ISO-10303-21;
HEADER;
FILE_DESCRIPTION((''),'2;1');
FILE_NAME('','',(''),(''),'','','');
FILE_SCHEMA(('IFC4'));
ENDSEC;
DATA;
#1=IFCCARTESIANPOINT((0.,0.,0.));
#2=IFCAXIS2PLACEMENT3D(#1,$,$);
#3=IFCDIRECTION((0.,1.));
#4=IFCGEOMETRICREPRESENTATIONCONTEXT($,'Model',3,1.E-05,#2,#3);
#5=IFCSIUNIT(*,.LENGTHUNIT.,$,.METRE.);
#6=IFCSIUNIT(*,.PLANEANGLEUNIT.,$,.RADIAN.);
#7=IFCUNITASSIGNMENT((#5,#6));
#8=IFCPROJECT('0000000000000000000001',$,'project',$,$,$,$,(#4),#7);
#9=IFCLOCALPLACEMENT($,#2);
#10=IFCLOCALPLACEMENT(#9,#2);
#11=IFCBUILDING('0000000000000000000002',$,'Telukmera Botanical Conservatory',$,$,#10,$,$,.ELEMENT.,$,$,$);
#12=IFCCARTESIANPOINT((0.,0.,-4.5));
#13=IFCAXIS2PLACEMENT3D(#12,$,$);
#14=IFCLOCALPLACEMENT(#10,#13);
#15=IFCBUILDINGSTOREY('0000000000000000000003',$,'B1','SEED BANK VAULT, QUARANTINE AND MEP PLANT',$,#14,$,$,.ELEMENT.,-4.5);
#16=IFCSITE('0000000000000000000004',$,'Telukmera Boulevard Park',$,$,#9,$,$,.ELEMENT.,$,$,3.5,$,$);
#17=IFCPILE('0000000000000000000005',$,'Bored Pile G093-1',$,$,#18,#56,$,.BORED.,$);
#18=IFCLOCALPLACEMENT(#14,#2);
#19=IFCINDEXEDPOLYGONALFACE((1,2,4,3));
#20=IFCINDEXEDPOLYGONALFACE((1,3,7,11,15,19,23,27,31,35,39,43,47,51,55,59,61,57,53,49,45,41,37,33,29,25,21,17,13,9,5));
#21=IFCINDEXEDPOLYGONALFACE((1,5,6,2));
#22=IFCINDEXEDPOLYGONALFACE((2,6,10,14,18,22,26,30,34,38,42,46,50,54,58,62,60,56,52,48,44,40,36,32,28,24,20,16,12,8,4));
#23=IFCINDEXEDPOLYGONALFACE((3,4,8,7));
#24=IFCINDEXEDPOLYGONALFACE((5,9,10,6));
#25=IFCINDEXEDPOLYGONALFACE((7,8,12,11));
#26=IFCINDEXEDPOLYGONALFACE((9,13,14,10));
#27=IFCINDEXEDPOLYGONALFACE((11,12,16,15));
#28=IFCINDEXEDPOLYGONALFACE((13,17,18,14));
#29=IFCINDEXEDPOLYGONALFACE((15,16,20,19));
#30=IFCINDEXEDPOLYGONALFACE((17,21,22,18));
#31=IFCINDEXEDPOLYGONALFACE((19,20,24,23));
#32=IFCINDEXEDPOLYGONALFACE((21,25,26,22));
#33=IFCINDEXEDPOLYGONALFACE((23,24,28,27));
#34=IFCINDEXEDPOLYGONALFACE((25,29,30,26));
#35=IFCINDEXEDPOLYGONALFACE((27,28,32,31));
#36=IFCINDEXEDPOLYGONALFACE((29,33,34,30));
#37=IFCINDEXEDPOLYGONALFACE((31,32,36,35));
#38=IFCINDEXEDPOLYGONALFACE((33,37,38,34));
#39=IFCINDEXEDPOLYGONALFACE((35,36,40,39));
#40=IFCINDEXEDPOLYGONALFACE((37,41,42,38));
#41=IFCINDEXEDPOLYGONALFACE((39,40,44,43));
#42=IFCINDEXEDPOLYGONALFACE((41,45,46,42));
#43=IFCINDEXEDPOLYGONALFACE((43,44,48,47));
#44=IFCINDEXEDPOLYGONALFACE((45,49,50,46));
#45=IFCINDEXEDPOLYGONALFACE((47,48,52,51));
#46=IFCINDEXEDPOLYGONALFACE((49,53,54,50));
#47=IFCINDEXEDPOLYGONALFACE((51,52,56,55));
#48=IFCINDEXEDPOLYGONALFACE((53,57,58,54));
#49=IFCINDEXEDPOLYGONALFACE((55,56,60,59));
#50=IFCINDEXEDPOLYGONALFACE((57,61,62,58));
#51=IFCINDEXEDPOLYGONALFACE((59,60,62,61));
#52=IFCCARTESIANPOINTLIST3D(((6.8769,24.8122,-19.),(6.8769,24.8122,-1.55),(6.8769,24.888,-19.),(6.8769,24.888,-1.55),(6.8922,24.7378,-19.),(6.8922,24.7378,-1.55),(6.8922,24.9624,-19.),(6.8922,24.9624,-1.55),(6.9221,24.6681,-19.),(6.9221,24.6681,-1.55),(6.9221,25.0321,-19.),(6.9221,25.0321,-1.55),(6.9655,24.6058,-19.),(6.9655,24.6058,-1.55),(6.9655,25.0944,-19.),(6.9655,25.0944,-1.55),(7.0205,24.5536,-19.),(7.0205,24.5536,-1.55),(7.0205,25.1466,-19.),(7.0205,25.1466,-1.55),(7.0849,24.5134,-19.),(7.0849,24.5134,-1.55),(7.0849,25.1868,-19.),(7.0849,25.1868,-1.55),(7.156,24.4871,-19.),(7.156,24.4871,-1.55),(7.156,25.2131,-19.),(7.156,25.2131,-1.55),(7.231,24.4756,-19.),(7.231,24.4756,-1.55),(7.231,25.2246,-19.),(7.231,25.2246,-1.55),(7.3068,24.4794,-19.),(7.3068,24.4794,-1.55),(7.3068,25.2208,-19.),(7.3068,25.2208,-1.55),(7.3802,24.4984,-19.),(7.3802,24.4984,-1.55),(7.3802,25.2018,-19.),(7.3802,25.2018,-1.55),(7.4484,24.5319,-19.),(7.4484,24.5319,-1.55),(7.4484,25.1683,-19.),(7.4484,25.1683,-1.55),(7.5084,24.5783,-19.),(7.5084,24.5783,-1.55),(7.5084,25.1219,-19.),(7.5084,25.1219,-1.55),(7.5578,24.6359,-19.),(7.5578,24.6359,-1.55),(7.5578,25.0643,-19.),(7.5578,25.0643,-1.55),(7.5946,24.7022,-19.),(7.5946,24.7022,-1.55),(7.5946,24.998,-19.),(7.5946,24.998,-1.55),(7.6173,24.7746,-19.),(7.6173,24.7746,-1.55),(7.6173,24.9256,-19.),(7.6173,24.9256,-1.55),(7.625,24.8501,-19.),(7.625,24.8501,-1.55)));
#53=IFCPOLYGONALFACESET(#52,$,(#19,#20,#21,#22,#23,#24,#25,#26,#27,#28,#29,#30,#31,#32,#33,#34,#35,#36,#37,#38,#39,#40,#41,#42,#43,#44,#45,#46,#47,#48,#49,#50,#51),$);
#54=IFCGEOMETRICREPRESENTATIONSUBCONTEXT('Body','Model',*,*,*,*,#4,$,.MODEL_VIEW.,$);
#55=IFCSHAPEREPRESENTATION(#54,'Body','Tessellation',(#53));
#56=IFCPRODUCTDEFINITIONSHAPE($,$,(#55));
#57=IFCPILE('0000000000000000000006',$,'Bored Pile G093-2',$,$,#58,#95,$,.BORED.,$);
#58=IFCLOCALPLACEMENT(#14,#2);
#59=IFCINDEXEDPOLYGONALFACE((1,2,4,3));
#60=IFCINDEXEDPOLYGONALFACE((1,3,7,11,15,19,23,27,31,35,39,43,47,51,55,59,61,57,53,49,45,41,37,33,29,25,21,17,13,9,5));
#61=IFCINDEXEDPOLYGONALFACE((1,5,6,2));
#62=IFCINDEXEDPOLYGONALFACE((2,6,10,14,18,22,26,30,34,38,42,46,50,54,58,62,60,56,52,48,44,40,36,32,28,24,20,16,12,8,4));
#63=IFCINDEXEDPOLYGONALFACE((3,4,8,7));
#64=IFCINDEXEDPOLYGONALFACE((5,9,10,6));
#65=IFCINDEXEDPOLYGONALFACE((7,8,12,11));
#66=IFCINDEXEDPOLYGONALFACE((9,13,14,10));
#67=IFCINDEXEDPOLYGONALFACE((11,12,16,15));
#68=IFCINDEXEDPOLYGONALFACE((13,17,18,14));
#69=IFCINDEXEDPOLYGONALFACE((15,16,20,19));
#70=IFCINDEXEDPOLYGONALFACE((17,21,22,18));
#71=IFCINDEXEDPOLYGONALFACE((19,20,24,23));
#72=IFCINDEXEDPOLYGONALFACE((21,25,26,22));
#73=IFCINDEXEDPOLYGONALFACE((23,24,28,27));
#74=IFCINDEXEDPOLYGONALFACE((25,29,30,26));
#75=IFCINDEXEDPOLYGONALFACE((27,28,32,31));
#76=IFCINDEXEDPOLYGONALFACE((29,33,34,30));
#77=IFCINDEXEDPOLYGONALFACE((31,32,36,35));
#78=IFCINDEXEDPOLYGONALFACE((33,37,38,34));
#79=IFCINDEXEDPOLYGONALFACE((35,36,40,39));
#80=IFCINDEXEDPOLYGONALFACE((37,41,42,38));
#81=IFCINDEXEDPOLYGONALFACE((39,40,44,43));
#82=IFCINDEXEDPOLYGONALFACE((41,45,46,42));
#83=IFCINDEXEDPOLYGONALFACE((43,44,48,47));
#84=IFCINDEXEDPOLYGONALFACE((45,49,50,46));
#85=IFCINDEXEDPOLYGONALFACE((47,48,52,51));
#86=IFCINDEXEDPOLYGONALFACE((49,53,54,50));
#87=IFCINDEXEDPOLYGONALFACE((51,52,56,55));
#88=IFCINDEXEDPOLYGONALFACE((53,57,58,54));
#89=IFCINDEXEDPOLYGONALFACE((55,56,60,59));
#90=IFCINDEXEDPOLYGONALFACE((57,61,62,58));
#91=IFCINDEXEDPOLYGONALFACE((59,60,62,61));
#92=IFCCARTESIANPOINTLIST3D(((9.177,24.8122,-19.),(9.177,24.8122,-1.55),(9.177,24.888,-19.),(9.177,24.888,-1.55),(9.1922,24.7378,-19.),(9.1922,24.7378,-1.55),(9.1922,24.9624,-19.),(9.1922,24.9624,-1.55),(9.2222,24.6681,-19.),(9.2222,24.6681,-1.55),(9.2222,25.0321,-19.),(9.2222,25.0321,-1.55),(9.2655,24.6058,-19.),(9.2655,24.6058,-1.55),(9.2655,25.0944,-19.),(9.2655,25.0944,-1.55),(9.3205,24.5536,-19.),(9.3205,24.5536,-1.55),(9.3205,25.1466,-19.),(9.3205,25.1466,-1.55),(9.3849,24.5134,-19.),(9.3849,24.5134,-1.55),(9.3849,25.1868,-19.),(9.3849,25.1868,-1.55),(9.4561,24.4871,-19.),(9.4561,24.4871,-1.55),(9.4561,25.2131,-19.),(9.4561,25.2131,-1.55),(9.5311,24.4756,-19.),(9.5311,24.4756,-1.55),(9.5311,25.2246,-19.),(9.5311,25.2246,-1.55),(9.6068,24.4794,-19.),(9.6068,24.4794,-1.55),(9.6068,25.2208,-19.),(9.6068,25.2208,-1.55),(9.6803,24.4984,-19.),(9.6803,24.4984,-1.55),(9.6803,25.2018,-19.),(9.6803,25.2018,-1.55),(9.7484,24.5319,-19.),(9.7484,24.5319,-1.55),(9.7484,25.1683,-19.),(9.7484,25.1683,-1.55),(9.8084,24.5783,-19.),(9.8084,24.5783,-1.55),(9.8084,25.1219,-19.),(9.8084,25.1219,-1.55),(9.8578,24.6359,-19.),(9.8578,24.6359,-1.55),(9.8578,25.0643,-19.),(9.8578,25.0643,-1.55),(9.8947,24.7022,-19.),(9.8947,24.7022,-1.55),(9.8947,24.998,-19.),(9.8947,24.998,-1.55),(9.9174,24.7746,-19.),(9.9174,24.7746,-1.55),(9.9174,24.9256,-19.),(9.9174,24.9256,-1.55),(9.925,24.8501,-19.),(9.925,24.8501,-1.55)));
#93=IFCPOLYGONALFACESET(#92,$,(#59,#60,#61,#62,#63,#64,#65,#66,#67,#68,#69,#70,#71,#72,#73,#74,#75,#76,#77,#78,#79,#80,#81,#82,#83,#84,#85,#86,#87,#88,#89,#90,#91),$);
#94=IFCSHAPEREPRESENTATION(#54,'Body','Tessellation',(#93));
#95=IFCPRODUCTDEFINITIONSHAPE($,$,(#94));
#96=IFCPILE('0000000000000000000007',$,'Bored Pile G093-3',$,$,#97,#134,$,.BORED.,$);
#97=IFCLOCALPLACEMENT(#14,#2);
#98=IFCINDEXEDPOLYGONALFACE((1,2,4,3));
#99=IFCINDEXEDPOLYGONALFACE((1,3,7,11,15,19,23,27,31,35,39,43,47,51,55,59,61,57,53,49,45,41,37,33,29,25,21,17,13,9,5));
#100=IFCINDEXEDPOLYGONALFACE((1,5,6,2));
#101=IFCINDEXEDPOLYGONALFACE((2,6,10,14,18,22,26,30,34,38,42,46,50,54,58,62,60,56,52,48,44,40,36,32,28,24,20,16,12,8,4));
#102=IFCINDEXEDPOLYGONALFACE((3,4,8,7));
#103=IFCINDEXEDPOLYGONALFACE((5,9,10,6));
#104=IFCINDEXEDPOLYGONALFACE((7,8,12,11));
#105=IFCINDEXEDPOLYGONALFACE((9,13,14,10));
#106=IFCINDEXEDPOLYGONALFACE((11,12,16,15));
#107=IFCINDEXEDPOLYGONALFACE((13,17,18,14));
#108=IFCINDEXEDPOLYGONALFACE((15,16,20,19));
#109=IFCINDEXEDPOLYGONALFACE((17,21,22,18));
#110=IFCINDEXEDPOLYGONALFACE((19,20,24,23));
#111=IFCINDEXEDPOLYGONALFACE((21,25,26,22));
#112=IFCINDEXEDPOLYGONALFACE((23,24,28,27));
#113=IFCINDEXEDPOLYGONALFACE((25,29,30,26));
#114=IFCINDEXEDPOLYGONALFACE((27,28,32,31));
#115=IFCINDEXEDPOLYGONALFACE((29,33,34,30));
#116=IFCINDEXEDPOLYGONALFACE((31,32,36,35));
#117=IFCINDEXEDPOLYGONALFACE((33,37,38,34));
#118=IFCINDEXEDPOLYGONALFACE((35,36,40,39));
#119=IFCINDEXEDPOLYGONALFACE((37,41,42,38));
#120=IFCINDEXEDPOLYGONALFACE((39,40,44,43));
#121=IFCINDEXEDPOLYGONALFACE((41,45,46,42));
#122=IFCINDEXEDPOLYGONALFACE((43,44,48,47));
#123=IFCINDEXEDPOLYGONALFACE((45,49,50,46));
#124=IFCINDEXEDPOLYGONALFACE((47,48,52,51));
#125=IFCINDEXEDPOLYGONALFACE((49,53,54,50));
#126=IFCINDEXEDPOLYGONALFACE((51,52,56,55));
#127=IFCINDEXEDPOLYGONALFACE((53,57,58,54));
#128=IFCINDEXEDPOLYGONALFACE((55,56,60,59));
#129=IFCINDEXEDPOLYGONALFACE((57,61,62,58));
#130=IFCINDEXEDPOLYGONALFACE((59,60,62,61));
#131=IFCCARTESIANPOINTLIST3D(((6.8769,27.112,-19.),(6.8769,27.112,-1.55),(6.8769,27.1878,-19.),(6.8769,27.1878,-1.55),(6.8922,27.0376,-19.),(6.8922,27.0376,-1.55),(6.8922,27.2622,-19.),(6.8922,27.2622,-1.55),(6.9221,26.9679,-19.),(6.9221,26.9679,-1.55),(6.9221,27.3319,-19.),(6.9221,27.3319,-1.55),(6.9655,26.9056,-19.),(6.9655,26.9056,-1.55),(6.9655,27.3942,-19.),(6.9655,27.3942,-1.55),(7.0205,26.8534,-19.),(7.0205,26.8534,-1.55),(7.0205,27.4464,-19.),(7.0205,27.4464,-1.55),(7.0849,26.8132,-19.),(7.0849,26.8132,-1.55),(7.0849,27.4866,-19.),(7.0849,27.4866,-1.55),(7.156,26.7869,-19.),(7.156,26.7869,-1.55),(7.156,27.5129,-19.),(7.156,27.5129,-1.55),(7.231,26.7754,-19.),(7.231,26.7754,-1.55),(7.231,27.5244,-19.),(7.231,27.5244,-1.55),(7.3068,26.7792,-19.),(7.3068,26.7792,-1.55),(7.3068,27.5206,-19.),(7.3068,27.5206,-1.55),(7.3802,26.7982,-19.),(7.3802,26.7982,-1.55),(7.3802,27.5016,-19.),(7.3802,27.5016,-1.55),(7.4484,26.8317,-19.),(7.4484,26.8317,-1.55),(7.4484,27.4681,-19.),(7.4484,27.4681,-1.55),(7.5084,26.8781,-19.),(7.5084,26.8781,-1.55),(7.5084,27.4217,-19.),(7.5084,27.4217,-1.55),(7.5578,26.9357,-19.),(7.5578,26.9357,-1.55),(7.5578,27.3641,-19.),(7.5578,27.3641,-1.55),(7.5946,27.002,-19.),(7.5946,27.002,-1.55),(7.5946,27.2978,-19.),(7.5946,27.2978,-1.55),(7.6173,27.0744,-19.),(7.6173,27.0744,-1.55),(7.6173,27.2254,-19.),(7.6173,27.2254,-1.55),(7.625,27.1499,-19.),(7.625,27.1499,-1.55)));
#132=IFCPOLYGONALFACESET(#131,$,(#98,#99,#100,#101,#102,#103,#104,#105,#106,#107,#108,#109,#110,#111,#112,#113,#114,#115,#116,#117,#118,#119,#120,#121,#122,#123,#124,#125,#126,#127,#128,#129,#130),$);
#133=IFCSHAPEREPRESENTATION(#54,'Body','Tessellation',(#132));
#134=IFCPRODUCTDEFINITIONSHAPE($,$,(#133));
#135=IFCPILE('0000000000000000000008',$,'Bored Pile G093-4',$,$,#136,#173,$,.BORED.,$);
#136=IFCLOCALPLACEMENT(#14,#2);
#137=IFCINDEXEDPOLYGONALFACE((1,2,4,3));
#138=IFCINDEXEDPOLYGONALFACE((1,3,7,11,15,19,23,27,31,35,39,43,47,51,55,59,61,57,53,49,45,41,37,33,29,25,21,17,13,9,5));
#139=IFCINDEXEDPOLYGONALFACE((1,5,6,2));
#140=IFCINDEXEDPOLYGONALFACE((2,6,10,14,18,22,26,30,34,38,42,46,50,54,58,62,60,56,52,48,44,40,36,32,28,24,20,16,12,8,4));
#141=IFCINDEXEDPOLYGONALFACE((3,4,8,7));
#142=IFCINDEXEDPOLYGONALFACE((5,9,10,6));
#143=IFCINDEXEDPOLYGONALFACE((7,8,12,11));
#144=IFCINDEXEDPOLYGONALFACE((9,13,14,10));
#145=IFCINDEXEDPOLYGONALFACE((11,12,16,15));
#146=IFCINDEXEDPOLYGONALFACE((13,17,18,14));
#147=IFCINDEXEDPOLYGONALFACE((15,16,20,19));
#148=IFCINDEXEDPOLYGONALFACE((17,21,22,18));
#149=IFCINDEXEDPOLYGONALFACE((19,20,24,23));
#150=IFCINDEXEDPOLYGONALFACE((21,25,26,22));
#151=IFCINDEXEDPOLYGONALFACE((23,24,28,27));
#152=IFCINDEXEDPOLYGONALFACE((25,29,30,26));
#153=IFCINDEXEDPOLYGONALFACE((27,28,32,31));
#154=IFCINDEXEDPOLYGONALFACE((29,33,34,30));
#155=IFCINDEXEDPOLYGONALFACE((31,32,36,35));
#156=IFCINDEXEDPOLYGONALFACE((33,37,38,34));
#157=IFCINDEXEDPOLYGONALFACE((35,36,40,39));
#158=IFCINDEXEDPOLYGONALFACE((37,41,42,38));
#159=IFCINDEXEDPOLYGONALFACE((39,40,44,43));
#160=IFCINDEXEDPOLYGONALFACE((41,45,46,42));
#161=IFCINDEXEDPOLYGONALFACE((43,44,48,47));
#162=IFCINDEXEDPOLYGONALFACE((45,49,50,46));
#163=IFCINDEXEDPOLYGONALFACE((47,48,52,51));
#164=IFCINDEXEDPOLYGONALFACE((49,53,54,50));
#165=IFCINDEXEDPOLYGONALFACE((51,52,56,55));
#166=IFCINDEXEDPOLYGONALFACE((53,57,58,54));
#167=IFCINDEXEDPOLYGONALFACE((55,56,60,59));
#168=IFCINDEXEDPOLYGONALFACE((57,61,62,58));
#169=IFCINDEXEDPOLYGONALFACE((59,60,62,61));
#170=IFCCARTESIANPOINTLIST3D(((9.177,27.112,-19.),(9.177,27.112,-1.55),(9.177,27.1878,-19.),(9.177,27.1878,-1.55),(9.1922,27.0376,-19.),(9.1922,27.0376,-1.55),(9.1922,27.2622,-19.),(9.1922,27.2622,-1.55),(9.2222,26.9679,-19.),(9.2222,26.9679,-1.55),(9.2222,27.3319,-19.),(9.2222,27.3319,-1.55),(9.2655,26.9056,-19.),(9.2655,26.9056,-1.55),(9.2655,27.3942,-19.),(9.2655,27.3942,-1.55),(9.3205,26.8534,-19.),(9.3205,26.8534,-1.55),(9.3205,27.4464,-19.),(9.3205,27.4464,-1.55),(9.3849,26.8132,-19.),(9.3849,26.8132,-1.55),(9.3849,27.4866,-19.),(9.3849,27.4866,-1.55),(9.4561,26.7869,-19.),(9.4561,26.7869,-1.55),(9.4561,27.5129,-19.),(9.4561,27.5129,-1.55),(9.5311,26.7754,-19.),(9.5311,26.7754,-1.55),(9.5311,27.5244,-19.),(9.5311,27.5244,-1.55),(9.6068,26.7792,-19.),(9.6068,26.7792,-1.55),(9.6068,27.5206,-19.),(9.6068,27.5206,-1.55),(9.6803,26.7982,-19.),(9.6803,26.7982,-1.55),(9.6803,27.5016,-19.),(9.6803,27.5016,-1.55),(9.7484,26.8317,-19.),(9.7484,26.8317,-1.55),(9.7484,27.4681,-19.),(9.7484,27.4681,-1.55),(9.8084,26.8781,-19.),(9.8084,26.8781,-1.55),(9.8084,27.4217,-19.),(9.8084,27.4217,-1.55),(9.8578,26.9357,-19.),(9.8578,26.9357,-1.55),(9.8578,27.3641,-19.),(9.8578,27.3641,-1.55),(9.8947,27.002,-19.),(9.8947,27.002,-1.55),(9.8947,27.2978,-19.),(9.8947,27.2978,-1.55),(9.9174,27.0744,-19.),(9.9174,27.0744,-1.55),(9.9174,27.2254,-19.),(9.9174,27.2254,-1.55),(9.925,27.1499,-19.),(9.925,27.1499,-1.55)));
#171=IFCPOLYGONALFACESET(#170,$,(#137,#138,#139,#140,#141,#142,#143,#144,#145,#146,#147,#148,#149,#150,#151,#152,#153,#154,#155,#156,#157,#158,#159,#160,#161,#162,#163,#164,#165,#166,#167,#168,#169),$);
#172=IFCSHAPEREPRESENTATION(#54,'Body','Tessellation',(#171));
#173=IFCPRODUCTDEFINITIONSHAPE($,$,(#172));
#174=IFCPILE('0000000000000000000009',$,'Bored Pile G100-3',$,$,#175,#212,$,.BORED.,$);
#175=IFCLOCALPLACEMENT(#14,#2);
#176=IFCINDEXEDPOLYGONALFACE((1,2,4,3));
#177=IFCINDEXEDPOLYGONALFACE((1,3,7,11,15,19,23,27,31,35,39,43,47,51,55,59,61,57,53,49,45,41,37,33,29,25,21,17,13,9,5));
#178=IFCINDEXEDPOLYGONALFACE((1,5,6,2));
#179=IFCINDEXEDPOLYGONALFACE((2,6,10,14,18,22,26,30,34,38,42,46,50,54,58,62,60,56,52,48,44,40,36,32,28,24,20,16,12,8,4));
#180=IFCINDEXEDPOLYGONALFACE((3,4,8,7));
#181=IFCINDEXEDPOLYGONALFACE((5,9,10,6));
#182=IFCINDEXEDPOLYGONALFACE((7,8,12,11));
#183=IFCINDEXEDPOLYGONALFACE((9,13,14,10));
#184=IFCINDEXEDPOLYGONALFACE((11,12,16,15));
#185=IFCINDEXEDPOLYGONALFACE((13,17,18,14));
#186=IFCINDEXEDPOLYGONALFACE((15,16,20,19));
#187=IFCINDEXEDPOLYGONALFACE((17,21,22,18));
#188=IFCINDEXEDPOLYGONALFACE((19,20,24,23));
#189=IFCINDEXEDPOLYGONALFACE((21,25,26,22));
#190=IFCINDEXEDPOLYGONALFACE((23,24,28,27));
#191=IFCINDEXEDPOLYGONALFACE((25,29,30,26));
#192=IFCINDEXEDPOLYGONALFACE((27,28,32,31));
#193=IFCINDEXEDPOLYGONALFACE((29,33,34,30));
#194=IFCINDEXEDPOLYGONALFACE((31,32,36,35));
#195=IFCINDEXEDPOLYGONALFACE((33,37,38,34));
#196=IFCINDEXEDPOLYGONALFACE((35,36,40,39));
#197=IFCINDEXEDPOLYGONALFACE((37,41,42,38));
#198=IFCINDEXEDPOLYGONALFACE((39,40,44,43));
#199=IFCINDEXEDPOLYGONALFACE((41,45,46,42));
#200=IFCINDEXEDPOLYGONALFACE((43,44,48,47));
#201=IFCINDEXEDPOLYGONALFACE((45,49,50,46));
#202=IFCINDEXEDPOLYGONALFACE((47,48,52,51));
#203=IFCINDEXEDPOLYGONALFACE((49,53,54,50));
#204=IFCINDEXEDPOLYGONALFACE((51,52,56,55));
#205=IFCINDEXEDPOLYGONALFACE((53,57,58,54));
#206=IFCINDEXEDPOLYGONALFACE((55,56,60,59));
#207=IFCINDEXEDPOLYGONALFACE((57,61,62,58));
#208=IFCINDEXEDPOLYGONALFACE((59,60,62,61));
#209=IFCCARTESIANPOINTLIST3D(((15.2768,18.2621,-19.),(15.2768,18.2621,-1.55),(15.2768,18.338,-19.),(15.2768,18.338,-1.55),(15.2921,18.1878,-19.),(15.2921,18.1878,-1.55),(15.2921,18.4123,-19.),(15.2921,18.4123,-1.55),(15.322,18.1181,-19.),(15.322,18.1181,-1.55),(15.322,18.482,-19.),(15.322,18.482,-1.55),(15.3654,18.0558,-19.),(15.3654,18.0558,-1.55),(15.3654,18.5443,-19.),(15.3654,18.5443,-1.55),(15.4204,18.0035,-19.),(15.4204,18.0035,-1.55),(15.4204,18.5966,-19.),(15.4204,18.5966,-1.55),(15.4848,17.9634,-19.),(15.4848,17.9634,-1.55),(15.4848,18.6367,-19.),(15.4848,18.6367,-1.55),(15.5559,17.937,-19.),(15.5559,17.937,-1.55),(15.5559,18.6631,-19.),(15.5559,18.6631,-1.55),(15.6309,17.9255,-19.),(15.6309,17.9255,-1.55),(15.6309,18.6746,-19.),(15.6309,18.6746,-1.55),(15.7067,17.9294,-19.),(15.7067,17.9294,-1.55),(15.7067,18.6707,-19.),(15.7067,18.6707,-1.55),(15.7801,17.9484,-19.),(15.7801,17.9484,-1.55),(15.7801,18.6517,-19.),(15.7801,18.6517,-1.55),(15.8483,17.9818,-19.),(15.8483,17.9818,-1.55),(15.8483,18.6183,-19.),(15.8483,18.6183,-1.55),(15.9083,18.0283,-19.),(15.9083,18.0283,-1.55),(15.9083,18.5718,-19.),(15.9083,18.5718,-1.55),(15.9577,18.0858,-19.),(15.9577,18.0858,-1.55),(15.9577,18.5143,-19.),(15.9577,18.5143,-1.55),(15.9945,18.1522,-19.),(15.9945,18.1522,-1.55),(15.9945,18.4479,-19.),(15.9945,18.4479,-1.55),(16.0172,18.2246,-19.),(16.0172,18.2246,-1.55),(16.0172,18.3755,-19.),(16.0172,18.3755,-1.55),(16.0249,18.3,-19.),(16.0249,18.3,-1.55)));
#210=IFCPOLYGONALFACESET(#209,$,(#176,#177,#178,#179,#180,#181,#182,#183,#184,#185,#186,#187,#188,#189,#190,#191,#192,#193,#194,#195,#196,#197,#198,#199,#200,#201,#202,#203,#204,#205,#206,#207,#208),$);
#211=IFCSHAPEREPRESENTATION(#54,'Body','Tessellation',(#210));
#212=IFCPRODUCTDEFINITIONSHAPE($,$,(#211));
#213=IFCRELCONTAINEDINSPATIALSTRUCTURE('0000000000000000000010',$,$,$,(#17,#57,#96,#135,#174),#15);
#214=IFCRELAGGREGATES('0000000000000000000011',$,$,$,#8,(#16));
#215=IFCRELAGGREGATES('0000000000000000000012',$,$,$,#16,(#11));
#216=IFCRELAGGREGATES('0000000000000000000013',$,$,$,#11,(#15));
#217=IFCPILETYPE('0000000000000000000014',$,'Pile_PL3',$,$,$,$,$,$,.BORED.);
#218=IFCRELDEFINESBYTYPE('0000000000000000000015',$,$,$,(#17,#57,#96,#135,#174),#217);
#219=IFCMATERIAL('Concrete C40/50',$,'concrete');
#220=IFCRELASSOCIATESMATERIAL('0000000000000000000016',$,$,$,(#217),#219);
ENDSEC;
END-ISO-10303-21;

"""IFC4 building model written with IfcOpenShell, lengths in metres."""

from ifc_helpers import new_model, si_unit, direction, frame, origin, origin_2d, place, context, subcontext, project, spatial, circle, extrude, material, material_profile, profile_set, type_object, element, save


model = new_model("IFC4")

# Units and contexts
model_context = context("Model", 3, precision=1e-05, world=origin(), true_north=direction((0.0, 1.0)))
body_context = subcontext(model_context, "Body", "Model", "MODEL_VIEW")
ifc_project = project(units=[si_unit("LENGTHUNIT", "METRE"), si_unit("PLANEANGLEUNIT", "RADIAN")], contexts=[model_context])

# Site, building, storey
site_placement = place(None, origin())
site = spatial("IfcSite", under=ifc_project, at=site_placement, Name="Telukmera Boulevard Park", CompositionType="ELEMENT", RefElevation=3.5)
building_placement = place(site_placement, origin())
building = spatial("IfcBuilding", under=site, at=building_placement, Name="Telukmera Botanical Conservatory", CompositionType="ELEMENT")
storey_placement = place(building_placement, frame((0.0, 0.0, -4.5)))
storey = spatial("IfcBuildingStorey", under=building, at=storey_placement, Name="B1", Description="SEED BANK VAULT, QUARANTINE AND MEP PLANT", CompositionType="ELEMENT", Elevation=-4.5)

# Shared definitions
ifc_material_1 = material(Name="Concrete C40/50", Category="concrete")

# Piles
ifc_material_profile_1 = material_profile(ifc_material_1, circle(Radius=0.375, at=origin_2d()), Name="PILE D750")
ifc_profile_set_1 = profile_set([ifc_material_profile_1], Name="Concrete C40/50")
pile_type = type_object("IfcPileType", Name="Pile_PL3", PredefinedType="BORED", material=ifc_profile_set_1)
for number, where, z_axis, x_axis, name in (
    (1, (7.25, 24.8501, -1.55), (0.0, 0.0, -1.0), (1.0, 0.0, 0.0), "Bored Pile G093-1"),
    (2, (9.55, 24.8501, -1.55), (0.0, 0.0, -1.0), (1.0, 0.0, 0.0), "Bored Pile G093-2"),
    (3, (7.25, 27.1499, -1.55), (0.0, 0.0, -1.0), (1.0, 0.0, 0.0), "Bored Pile G093-3"),
    (4, (9.55, 27.1499, -1.55), (0.0, 0.0, -1.0), (1.0, 0.0, 0.0), "Bored Pile G093-4"),
    (5, (15.6499, 18.3, -1.55), (0.0, 0.0, -1.0), (1.0, 0.0, 0.0), "Bored Pile G100-3"),
):
    element("IfcPile", number, at=place(storey_placement, frame(where, z_axis=z_axis, x_axis=x_axis)), inside=storey, type_object=pile_type, Name=name, PredefinedType="BORED", context=body_context, shape_type="SweptSolid", body=[
        extrude(circle(Radius=0.375, at=origin_2d()), origin(), (0.0, 0.0, 1.0), 17.45),
    ])

save(model, "model.ifc")
